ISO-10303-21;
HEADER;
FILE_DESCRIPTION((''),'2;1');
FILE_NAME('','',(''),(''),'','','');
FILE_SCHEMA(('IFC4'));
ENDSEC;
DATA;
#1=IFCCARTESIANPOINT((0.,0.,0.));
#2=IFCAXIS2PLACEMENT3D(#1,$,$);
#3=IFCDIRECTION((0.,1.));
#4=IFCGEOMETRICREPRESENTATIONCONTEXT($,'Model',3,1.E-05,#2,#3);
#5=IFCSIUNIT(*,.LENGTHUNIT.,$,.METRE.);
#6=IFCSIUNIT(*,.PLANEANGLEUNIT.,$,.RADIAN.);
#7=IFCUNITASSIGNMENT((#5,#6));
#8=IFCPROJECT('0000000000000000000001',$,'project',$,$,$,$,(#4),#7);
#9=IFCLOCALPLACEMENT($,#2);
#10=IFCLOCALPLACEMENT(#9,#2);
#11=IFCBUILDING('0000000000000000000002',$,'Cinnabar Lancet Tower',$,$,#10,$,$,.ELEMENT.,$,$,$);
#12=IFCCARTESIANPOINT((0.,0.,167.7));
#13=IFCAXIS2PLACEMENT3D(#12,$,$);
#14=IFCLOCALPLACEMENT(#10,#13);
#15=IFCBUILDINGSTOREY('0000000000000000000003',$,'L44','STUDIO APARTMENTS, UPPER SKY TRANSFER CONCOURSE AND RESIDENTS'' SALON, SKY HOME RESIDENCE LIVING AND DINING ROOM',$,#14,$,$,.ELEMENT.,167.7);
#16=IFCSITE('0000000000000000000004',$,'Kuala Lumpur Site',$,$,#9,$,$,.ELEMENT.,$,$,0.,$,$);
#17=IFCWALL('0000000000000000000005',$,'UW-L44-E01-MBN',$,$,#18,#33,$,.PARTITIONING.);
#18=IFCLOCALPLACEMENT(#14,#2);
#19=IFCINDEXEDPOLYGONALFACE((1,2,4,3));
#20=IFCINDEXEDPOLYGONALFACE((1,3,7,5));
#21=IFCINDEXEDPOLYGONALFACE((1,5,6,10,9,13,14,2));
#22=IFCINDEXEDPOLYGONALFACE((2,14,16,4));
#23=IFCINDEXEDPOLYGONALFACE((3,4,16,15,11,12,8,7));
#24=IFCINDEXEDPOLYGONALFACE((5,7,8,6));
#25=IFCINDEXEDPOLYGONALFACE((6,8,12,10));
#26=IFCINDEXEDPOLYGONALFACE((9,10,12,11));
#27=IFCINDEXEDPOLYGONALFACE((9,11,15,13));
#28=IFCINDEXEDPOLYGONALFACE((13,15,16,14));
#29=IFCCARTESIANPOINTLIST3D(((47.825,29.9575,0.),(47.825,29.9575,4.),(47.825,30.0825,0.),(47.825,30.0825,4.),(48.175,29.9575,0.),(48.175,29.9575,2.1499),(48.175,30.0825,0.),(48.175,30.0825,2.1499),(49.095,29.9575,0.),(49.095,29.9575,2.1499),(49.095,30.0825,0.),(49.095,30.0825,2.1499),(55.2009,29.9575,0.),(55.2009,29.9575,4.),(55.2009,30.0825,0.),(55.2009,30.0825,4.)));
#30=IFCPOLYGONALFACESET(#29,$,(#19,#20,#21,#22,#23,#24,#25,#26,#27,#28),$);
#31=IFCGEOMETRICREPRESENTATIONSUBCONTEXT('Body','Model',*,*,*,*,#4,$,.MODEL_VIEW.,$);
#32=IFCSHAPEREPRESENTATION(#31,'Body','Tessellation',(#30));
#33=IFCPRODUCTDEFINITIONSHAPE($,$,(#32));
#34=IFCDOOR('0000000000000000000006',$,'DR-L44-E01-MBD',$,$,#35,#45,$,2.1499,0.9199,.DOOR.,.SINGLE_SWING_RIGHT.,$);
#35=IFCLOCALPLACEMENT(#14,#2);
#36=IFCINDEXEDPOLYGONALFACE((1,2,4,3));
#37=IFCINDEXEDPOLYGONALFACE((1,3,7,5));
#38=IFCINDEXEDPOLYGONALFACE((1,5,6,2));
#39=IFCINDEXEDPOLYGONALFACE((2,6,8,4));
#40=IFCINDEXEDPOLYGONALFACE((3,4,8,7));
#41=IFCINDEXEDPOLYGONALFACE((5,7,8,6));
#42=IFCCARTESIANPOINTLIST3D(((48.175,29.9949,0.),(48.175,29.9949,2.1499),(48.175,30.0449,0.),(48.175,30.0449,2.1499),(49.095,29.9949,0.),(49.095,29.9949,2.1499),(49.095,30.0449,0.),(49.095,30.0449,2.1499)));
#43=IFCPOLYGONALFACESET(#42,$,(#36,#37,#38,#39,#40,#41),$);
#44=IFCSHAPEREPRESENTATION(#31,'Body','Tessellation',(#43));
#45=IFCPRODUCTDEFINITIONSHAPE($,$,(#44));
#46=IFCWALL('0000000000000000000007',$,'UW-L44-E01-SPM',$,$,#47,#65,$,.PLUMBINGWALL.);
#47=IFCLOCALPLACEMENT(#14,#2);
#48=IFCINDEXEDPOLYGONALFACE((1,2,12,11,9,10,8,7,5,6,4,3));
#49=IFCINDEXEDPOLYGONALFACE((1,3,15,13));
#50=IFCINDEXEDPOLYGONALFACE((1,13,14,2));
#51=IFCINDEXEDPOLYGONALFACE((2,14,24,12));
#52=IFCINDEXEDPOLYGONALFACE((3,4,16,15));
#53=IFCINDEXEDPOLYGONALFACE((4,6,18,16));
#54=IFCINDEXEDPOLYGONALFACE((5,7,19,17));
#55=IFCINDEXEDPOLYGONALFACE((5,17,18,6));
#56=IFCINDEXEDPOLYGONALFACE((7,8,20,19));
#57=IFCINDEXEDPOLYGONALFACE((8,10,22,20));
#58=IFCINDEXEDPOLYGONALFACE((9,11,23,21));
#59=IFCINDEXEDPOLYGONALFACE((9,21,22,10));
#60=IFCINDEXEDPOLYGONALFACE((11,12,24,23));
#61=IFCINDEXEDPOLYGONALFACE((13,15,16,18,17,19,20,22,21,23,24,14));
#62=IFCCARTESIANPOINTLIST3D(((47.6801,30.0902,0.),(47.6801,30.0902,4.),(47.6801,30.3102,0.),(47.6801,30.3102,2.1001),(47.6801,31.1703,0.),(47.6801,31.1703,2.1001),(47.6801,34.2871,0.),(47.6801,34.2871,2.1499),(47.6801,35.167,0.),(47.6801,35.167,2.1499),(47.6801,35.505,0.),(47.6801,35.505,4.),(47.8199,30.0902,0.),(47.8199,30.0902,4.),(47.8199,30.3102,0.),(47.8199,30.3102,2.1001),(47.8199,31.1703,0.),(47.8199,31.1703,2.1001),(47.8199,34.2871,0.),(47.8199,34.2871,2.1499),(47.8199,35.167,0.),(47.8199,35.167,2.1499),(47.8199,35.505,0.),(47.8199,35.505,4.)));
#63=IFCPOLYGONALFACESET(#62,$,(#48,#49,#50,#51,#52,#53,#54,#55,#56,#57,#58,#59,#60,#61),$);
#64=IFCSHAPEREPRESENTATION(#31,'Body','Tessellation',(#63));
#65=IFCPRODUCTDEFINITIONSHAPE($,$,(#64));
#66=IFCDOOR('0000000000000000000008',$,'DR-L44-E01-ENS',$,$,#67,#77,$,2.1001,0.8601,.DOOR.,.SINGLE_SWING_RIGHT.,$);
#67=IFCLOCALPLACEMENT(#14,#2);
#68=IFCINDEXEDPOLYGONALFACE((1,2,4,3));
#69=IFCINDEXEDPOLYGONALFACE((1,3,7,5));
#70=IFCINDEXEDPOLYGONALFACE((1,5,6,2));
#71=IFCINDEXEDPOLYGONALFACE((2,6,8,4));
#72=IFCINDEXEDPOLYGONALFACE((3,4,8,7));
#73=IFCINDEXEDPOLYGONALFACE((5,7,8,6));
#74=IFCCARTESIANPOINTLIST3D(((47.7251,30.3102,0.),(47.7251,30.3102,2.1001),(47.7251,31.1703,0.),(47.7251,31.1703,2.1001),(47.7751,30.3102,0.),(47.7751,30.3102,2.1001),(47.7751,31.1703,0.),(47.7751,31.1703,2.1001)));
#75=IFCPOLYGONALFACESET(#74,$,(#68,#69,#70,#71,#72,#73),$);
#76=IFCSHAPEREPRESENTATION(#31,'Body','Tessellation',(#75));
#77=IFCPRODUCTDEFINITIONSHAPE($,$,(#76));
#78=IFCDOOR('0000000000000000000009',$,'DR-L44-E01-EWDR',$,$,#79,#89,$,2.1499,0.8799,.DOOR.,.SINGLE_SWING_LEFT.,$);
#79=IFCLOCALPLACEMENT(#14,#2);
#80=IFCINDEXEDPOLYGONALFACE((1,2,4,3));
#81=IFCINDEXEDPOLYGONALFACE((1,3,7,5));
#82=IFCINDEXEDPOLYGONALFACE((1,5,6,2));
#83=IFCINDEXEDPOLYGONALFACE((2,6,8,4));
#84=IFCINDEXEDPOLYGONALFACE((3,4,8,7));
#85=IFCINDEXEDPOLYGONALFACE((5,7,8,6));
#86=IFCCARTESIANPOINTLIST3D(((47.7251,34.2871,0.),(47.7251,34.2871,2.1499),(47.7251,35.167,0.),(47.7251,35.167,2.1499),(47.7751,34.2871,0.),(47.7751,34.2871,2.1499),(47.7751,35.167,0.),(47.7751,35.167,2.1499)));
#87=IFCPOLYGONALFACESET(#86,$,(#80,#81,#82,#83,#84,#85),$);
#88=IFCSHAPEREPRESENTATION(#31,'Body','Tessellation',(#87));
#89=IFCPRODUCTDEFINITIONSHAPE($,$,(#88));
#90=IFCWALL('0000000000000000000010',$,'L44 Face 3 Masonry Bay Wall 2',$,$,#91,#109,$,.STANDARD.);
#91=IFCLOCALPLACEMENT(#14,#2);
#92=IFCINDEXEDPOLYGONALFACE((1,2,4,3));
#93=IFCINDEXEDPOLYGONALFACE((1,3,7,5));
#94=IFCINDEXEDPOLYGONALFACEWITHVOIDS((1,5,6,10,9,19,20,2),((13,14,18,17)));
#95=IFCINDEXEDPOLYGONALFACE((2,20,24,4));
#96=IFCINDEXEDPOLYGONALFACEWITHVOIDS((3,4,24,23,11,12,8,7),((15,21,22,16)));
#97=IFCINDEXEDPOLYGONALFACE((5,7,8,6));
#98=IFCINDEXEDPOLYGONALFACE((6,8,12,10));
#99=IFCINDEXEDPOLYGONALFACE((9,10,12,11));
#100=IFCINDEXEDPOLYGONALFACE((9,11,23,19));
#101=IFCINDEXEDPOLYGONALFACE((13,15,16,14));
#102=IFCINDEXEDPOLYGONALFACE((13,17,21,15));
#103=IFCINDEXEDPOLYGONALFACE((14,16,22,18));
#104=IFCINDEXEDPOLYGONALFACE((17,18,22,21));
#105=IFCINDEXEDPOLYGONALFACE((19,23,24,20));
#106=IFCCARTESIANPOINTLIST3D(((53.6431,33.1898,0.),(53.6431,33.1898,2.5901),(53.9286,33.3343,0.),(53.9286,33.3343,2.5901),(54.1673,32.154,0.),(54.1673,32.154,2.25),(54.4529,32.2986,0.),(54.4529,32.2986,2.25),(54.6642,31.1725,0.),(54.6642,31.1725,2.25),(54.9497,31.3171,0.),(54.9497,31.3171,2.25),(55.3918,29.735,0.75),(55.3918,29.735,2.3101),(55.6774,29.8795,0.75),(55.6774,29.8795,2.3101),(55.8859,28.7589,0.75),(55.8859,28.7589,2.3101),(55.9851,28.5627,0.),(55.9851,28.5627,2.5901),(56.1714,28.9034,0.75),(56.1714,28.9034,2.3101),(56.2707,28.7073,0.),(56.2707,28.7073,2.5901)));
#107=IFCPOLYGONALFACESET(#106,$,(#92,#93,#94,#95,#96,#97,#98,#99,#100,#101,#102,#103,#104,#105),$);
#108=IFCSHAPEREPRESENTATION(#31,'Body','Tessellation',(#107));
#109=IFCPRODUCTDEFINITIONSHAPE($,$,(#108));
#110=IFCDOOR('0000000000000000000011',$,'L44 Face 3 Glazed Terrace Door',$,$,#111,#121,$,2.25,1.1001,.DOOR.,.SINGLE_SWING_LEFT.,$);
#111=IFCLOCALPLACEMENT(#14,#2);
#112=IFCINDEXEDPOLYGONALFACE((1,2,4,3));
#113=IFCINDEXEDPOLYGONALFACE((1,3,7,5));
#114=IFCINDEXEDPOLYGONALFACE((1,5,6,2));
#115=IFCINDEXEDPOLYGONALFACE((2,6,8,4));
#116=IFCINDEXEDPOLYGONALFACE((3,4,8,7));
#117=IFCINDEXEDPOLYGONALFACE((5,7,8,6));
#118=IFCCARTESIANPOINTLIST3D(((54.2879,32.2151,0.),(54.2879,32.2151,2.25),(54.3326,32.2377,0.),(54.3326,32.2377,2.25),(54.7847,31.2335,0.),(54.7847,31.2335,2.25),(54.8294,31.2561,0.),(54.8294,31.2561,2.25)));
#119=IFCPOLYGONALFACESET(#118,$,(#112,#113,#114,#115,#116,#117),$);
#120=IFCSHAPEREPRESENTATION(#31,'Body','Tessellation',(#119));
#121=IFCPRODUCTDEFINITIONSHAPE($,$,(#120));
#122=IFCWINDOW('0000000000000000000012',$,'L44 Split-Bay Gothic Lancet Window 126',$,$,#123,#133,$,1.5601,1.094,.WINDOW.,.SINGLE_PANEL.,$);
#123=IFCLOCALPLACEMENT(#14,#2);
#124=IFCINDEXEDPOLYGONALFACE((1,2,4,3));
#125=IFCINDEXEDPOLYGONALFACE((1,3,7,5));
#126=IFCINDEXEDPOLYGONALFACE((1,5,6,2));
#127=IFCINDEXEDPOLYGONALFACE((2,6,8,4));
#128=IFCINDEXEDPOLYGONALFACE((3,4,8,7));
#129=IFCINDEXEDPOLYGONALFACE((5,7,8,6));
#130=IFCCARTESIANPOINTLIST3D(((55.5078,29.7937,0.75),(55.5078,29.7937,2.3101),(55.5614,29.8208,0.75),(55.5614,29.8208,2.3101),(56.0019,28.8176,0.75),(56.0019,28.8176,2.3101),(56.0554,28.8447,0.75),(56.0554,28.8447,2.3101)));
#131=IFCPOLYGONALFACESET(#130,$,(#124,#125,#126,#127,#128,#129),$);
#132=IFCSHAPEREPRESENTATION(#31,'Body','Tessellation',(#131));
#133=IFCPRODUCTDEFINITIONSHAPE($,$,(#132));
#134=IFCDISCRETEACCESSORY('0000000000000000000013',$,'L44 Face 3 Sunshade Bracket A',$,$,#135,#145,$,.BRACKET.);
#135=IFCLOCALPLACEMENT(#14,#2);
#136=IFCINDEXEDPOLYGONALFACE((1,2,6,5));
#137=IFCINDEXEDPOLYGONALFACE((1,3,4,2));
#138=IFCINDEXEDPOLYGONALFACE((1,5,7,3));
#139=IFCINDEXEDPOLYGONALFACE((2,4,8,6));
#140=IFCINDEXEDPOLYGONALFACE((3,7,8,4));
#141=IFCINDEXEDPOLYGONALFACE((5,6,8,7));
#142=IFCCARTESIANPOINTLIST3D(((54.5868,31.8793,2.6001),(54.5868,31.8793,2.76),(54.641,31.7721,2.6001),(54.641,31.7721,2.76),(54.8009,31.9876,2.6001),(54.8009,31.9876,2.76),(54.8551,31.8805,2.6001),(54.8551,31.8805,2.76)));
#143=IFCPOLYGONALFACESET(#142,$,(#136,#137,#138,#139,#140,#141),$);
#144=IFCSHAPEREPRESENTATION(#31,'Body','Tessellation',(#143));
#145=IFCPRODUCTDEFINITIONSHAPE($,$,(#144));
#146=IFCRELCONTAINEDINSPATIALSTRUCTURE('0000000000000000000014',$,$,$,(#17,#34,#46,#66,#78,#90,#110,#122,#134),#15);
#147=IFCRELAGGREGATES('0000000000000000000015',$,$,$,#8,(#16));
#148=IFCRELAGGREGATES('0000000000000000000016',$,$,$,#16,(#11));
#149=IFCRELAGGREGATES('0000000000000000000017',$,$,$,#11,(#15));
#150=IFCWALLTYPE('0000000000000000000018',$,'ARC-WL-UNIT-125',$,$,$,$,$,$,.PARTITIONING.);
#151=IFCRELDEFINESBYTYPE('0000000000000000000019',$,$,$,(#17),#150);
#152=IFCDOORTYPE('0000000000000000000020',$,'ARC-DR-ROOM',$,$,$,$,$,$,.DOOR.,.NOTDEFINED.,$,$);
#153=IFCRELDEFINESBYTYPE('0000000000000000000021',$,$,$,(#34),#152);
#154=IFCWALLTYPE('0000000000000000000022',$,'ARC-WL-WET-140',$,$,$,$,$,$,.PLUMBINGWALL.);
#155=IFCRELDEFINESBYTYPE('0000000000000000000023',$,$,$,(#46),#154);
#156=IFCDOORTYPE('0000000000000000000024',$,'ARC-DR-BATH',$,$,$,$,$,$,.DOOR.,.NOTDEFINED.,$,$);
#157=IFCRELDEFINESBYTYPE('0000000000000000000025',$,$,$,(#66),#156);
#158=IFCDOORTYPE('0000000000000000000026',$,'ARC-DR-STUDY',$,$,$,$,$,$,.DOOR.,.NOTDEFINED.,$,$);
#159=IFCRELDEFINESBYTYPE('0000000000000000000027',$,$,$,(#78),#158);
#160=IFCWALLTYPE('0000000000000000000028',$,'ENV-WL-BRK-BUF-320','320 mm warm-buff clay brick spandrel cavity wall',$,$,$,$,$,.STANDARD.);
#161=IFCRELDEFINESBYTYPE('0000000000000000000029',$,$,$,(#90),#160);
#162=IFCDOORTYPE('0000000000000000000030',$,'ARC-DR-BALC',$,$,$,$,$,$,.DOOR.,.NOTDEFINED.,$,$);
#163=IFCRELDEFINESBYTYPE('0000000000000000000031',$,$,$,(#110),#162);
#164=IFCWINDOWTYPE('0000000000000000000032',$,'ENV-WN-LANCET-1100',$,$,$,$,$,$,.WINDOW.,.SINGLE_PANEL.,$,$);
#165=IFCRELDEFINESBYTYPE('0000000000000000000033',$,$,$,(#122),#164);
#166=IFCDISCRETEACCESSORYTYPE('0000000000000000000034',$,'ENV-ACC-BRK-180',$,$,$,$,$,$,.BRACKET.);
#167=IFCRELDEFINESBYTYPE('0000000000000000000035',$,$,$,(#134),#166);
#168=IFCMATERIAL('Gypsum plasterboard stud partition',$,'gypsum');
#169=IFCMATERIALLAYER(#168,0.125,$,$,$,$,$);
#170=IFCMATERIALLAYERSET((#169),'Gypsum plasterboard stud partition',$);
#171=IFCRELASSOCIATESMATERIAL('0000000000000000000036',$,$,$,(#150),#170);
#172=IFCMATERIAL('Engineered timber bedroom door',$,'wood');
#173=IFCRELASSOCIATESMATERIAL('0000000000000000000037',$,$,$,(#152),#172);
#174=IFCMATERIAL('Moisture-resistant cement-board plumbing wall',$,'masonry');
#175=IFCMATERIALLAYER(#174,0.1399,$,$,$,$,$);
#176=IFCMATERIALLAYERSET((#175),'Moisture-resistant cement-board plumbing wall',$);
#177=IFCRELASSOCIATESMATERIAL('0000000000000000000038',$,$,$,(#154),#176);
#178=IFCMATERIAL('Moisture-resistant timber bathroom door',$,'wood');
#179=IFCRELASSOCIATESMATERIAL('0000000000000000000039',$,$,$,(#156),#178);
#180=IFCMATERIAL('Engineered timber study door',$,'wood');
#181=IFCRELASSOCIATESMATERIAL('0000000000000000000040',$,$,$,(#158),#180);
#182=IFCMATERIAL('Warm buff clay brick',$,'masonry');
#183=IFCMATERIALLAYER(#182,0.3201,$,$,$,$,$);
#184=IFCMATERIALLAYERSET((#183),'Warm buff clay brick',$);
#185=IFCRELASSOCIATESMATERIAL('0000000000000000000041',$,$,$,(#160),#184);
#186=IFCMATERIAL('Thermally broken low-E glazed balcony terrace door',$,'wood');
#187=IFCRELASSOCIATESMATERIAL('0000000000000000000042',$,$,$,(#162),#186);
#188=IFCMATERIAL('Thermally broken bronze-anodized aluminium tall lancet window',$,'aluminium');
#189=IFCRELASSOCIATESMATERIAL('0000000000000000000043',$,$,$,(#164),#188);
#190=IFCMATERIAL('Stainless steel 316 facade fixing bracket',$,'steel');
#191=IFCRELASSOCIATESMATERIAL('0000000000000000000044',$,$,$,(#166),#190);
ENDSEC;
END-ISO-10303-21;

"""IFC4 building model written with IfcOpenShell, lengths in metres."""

from ifc_helpers import new_model, si_unit, direction, frame, frame_2d, origin, origin_2d, place, context, subcontext, project, spatial, rectangle, extrude, material, layer, layer_set, type_object, element, fill, save


model = new_model("IFC4")

# Units and contexts
model_context = context("Model", 3, precision=1e-05, world=origin(), true_north=direction((0.0, 1.0)))
body_context = subcontext(model_context, "Body", "Model", "MODEL_VIEW")
ifc_project = project(units=[si_unit("LENGTHUNIT", "METRE"), si_unit("PLANEANGLEUNIT", "RADIAN")], contexts=[model_context])

# Site, building, storey
site_placement = place(None, origin())
site = spatial("IfcSite", under=ifc_project, at=site_placement, Name="Kuala Lumpur Site", CompositionType="ELEMENT", RefElevation=0.0)
building_placement = place(site_placement, origin())
building = spatial("IfcBuilding", under=site, at=building_placement, Name="Cinnabar Lancet Tower", CompositionType="ELEMENT")
storey_placement = place(building_placement, frame((0.0, 0.0, 167.7)))
storey = spatial("IfcBuildingStorey", under=building, at=storey_placement, Name="L44", Description="STUDIO APARTMENTS, UPPER SKY TRANSFER CONCOURSE AND RESIDENTS' SALON, SKY HOME RESIDENCE LIVING AND DINING ROOM", CompositionType="ELEMENT", Elevation=167.7)

# Wall, opening, door
ifc_material_1 = material(Name="Gypsum plasterboard stud partition", Category="gypsum")
ifc_layer_1 = layer(ifc_material_1, 0.125)
ifc_layer_set_1 = layer_set([ifc_layer_1], Name="Gypsum plasterboard stud partition")
wall_type_1 = type_object("IfcWallType", Name="ARC-WL-UNIT-125", PredefinedType="PARTITIONING", material=ifc_layer_set_1)
wall_1_placement = place(storey_placement, frame((47.825, 30.02, 0.0), z_axis=(0.0, 0.0, 1.0), x_axis=(1.0, 0.0, 0.0)))
wall_1 = element("IfcWall", 1, at=wall_1_placement, inside=storey, type_object=wall_type_1, Name="UW-L44-E01-MBN", PredefinedType="PARTITIONING", context=body_context, shape_type="SweptSolid", body=[
    extrude(rectangle(XDim=7.376, YDim=0.125, at=frame_2d((3.688, 0.0))), origin(), (0.0, 0.0, 1.0), 4.0),
])
opening_1_placement = place(wall_1_placement, frame((0.3501, 0.0, 0.0)))
opening_1 = element("IfcOpeningElement", 2, at=opening_1_placement, cuts=wall_1, PredefinedType="OPENING", context=body_context, shape_type="SweptSolid", body=[
    extrude(rectangle(XDim=0.9199, YDim=2.1499, at=frame_2d((0.46, 1.075))), frame((0.0, 0.0725, 0.0), z_axis=(0.0, -1.0, 0.0), x_axis=(1.0, 0.0, 0.0)), (0.0, 0.0, 1.0), 0.145),
])
ifc_material_2 = material(Name="Engineered timber bedroom door", Category="wood")
door_type_1 = type_object("IfcDoorType", Name="ARC-DR-ROOM", OperationType="NOTDEFINED", PredefinedType="DOOR", material=ifc_material_2)
door_1_placement = place(opening_1_placement, origin())
door_1 = element("IfcDoor", 3, at=door_1_placement, inside=storey, type_object=door_type_1, Name="DR-L44-E01-MBD", OperationType="SINGLE_SWING_RIGHT", OverallHeight=2.1499, OverallWidth=0.9199, PredefinedType="DOOR", context=body_context, shape_type="SweptSolid", body=[
    extrude(rectangle(XDim=0.9199, YDim=2.1499, at=frame_2d((0.46, 1.075))), frame((0.0, 0.0249, 0.0), z_axis=(0.0, -1.0, 0.0), x_axis=(1.0, 0.0, 0.0)), (0.0, 0.0, 1.0), 0.05),
])
fill(opening_1, door_1)

# Wall, openings, doors
ifc_material_3 = material(Name="Moisture-resistant cement-board plumbing wall", Category="masonry")
ifc_layer_2 = layer(ifc_material_3, 0.1399)
ifc_layer_set_2 = layer_set([ifc_layer_2], Name="Moisture-resistant cement-board plumbing wall")
wall_type_2 = type_object("IfcWallType", Name="ARC-WL-WET-140", PredefinedType="PLUMBINGWALL", material=ifc_layer_set_2)
wall_2_placement = place(storey_placement, frame((47.75, 30.0901, 0.0), z_axis=(0.0, 0.0, 1.0), x_axis=(0.0, 1.0, 0.0)))
wall_2 = element("IfcWall", 4, at=wall_2_placement, inside=storey, type_object=wall_type_2, Name="UW-L44-E01-SPM", PredefinedType="PLUMBINGWALL", context=body_context, shape_type="SweptSolid", body=[
    extrude(rectangle(XDim=5.4148, YDim=0.1399, at=frame_2d((2.7075, 0.0))), origin(), (0.0, 0.0, 1.0), 4.0),
])
opening_2_placement = place(wall_2_placement, frame((0.22, 0.0, 0.0)))
opening_2 = element("IfcOpeningElement", 5, at=opening_2_placement, cuts=wall_2, PredefinedType="OPENING", context=body_context, shape_type="SweptSolid", body=[
    extrude(rectangle(XDim=0.8601, YDim=2.1001, at=frame_2d((0.4302, 1.05))), frame((0.0, 0.0798, 0.0), z_axis=(0.0, -1.0, 0.0), x_axis=(1.0, 0.0, 0.0)), (0.0, 0.0, 1.0), 0.1599),
])
opening_3_placement = place(wall_2_placement, frame((4.197, 0.0, 0.0)))
opening_3 = element("IfcOpeningElement", 6, at=opening_3_placement, cuts=wall_2, PredefinedType="OPENING", context=body_context, shape_type="SweptSolid", body=[
    extrude(rectangle(XDim=0.8799, YDim=2.1499, at=frame_2d((0.4399, 1.075))), frame((0.0, 0.0798, 0.0), z_axis=(0.0, -1.0, 0.0), x_axis=(1.0, 0.0, 0.0)), (0.0, 0.0, 1.0), 0.1599),
])
ifc_material_4 = material(Name="Moisture-resistant timber bathroom door", Category="wood")
door_type_2 = type_object("IfcDoorType", Name="ARC-DR-BATH", OperationType="NOTDEFINED", PredefinedType="DOOR", material=ifc_material_4)
door_2_placement = place(opening_2_placement, origin())
door_2 = element("IfcDoor", 7, at=door_2_placement, inside=storey, type_object=door_type_2, Name="DR-L44-E01-ENS", OperationType="SINGLE_SWING_RIGHT", OverallHeight=2.1001, OverallWidth=0.8601, PredefinedType="DOOR", context=body_context, shape_type="SweptSolid", body=[
    extrude(rectangle(XDim=0.8601, YDim=2.1001, at=frame_2d((0.4302, 1.05))), frame((0.0, 0.0249, 0.0), z_axis=(0.0, -1.0, 0.0), x_axis=(1.0, 0.0, 0.0)), (0.0, 0.0, 1.0), 0.05),
])
fill(opening_2, door_2)
ifc_material_5 = material(Name="Engineered timber study door", Category="wood")
door_type_3 = type_object("IfcDoorType", Name="ARC-DR-STUDY", OperationType="NOTDEFINED", PredefinedType="DOOR", material=ifc_material_5)
door_3_placement = place(opening_3_placement, origin())
door_3 = element("IfcDoor", 8, at=door_3_placement, inside=storey, type_object=door_type_3, Name="DR-L44-E01-EWDR", OperationType="SINGLE_SWING_LEFT", OverallHeight=2.1499, OverallWidth=0.8799, PredefinedType="DOOR", context=body_context, shape_type="SweptSolid", body=[
    extrude(rectangle(XDim=0.8799, YDim=2.1499, at=frame_2d((0.4399, 1.075))), frame((0.0, 0.0249, 0.0), z_axis=(0.0, -1.0, 0.0), x_axis=(1.0, 0.0, 0.0)), (0.0, 0.0, 1.0), 0.05),
])
fill(opening_3, door_3)

# Wall, openings, door, window
ifc_material_6 = material(Name="Warm buff clay brick", Category="masonry")
ifc_layer_3 = layer(ifc_material_6, 0.3201)
ifc_layer_set_3 = layer_set([ifc_layer_3], Name="Warm buff clay brick")
wall_type_3 = type_object("IfcWallType", Name="ENV-WL-BRK-BUF-320", Description="320 mm warm-buff clay brick spandrel cavity wall", PredefinedType="STANDARD", material=ifc_layer_set_3)
wall_3_placement = place(storey_placement, frame((56.1279, 28.635, 0.0), z_axis=(0.0, 0.0, 1.0), x_axis=(-0.451615, 0.892213, 0.0)))
wall_3 = element("IfcWall", 9, at=wall_3_placement, inside=storey, type_object=wall_type_3, Name="L44 Face 3 Masonry Bay Wall 2", PredefinedType="STANDARD", context=body_context, shape_type="SweptSolid", body=[
    extrude(rectangle(XDim=5.186, YDim=0.3201, at=frame_2d((2.593, 0.0))), origin(), (0.0, 0.0, 1.0), 2.5901),
])
opening_4_placement = place(wall_3_placement, frame((2.925, 0.0, 0.0)))
opening_4 = element("IfcOpeningElement", 10, at=opening_4_placement, cuts=wall_3, PredefinedType="OPENING", context=body_context, shape_type="SweptSolid", body=[
    extrude(rectangle(XDim=1.1001, YDim=2.25, at=frame_2d((0.55, 1.125))), frame((0.0, 0.1699, 0.0), z_axis=(0.0, -1.0, 0.0), x_axis=(1.0, 0.0, 0.0)), (0.0, 0.0, 1.0), 0.3401),
])
opening_5_placement = place(wall_3_placement, frame((0.22, 0.0, 0.75)))
opening_5 = element("IfcOpeningElement", 11, at=opening_5_placement, cuts=wall_3, PredefinedType="OPENING", context=body_context, shape_type="SweptSolid", body=[
    extrude(rectangle(XDim=1.094, YDim=1.5601, at=frame_2d((0.5469, 0.78))), frame((0.0, 0.1699, 0.0), z_axis=(0.0, -1.0, 0.0), x_axis=(1.0, 0.0, 0.0)), (0.0, 0.0, 1.0), 0.3401),
])
ifc_material_7 = material(Name="Thermally broken low-E glazed balcony terrace door", Category="wood")
door_type_4 = type_object("IfcDoorType", Name="ARC-DR-BALC", OperationType="NOTDEFINED", PredefinedType="DOOR", material=ifc_material_7)
door_4_placement = place(opening_4_placement, origin())
door_4 = element("IfcDoor", 12, at=door_4_placement, inside=storey, type_object=door_type_4, Name="L44 Face 3 Glazed Terrace Door", OperationType="SINGLE_SWING_LEFT", OverallHeight=2.25, OverallWidth=1.1001, PredefinedType="DOOR", context=body_context, shape_type="SweptSolid", body=[
    extrude(rectangle(XDim=1.1001, YDim=2.25, at=frame_2d((0.55, 1.125))), frame((0.0, 0.0249, 0.0), z_axis=(0.0, -1.0, 0.0), x_axis=(1.0, 0.0, 0.0)), (0.0, 0.0, 1.0), 0.05),
])
fill(opening_4, door_4)
ifc_material_8 = material(Name="Thermally broken bronze-anodized aluminium tall lancet window", Category="aluminium")
window_type = type_object("IfcWindowType", Name="ENV-WN-LANCET-1100", PartitioningType="SINGLE_PANEL", PredefinedType="WINDOW", material=ifc_material_8)
window_placement = place(opening_5_placement, origin())
window = element("IfcWindow", 13, at=window_placement, inside=storey, type_object=window_type, Name="L44 Split-Bay Gothic Lancet Window 126", OverallHeight=1.5601, OverallWidth=1.094, PartitioningType="SINGLE_PANEL", PredefinedType="WINDOW", context=body_context, shape_type="SweptSolid", body=[
    extrude(rectangle(XDim=1.094, YDim=1.5601, at=frame_2d((0.5469, 0.78))), frame((0.0, 0.03, 0.0), z_axis=(0.0, -1.0, 0.0), x_axis=(1.0, 0.0, 0.0)), (0.0, 0.0, 1.0), 0.0601),
])
fill(opening_5, window)

# Discrete accessory
ifc_material_9 = material(Name="Stainless steel 316 facade fixing bracket", Category="steel")
discrete_accessory_type = type_object("IfcDiscreteAccessoryType", Name="ENV-ACC-BRK-180", PredefinedType="BRACKET", material=ifc_material_9)
discrete_accessory_placement = place(storey_placement, frame((54.7209, 31.8799, 2.6001), z_axis=(0.0, 0.0, 1.0), x_axis=(-0.451469, 0.892287, 0.0)))
element("IfcDiscreteAccessory", 14, at=discrete_accessory_placement, inside=storey, type_object=discrete_accessory_type, Name="L44 Face 3 Sunshade Bracket A", PredefinedType="BRACKET", context=body_context, shape_type="SweptSolid", body=[
    extrude(rectangle(XDim=0.1201, YDim=0.24, at=origin_2d()), origin(), (0.0, 0.0, 1.0), 0.1599),
])

save(model, "model.ifc")
